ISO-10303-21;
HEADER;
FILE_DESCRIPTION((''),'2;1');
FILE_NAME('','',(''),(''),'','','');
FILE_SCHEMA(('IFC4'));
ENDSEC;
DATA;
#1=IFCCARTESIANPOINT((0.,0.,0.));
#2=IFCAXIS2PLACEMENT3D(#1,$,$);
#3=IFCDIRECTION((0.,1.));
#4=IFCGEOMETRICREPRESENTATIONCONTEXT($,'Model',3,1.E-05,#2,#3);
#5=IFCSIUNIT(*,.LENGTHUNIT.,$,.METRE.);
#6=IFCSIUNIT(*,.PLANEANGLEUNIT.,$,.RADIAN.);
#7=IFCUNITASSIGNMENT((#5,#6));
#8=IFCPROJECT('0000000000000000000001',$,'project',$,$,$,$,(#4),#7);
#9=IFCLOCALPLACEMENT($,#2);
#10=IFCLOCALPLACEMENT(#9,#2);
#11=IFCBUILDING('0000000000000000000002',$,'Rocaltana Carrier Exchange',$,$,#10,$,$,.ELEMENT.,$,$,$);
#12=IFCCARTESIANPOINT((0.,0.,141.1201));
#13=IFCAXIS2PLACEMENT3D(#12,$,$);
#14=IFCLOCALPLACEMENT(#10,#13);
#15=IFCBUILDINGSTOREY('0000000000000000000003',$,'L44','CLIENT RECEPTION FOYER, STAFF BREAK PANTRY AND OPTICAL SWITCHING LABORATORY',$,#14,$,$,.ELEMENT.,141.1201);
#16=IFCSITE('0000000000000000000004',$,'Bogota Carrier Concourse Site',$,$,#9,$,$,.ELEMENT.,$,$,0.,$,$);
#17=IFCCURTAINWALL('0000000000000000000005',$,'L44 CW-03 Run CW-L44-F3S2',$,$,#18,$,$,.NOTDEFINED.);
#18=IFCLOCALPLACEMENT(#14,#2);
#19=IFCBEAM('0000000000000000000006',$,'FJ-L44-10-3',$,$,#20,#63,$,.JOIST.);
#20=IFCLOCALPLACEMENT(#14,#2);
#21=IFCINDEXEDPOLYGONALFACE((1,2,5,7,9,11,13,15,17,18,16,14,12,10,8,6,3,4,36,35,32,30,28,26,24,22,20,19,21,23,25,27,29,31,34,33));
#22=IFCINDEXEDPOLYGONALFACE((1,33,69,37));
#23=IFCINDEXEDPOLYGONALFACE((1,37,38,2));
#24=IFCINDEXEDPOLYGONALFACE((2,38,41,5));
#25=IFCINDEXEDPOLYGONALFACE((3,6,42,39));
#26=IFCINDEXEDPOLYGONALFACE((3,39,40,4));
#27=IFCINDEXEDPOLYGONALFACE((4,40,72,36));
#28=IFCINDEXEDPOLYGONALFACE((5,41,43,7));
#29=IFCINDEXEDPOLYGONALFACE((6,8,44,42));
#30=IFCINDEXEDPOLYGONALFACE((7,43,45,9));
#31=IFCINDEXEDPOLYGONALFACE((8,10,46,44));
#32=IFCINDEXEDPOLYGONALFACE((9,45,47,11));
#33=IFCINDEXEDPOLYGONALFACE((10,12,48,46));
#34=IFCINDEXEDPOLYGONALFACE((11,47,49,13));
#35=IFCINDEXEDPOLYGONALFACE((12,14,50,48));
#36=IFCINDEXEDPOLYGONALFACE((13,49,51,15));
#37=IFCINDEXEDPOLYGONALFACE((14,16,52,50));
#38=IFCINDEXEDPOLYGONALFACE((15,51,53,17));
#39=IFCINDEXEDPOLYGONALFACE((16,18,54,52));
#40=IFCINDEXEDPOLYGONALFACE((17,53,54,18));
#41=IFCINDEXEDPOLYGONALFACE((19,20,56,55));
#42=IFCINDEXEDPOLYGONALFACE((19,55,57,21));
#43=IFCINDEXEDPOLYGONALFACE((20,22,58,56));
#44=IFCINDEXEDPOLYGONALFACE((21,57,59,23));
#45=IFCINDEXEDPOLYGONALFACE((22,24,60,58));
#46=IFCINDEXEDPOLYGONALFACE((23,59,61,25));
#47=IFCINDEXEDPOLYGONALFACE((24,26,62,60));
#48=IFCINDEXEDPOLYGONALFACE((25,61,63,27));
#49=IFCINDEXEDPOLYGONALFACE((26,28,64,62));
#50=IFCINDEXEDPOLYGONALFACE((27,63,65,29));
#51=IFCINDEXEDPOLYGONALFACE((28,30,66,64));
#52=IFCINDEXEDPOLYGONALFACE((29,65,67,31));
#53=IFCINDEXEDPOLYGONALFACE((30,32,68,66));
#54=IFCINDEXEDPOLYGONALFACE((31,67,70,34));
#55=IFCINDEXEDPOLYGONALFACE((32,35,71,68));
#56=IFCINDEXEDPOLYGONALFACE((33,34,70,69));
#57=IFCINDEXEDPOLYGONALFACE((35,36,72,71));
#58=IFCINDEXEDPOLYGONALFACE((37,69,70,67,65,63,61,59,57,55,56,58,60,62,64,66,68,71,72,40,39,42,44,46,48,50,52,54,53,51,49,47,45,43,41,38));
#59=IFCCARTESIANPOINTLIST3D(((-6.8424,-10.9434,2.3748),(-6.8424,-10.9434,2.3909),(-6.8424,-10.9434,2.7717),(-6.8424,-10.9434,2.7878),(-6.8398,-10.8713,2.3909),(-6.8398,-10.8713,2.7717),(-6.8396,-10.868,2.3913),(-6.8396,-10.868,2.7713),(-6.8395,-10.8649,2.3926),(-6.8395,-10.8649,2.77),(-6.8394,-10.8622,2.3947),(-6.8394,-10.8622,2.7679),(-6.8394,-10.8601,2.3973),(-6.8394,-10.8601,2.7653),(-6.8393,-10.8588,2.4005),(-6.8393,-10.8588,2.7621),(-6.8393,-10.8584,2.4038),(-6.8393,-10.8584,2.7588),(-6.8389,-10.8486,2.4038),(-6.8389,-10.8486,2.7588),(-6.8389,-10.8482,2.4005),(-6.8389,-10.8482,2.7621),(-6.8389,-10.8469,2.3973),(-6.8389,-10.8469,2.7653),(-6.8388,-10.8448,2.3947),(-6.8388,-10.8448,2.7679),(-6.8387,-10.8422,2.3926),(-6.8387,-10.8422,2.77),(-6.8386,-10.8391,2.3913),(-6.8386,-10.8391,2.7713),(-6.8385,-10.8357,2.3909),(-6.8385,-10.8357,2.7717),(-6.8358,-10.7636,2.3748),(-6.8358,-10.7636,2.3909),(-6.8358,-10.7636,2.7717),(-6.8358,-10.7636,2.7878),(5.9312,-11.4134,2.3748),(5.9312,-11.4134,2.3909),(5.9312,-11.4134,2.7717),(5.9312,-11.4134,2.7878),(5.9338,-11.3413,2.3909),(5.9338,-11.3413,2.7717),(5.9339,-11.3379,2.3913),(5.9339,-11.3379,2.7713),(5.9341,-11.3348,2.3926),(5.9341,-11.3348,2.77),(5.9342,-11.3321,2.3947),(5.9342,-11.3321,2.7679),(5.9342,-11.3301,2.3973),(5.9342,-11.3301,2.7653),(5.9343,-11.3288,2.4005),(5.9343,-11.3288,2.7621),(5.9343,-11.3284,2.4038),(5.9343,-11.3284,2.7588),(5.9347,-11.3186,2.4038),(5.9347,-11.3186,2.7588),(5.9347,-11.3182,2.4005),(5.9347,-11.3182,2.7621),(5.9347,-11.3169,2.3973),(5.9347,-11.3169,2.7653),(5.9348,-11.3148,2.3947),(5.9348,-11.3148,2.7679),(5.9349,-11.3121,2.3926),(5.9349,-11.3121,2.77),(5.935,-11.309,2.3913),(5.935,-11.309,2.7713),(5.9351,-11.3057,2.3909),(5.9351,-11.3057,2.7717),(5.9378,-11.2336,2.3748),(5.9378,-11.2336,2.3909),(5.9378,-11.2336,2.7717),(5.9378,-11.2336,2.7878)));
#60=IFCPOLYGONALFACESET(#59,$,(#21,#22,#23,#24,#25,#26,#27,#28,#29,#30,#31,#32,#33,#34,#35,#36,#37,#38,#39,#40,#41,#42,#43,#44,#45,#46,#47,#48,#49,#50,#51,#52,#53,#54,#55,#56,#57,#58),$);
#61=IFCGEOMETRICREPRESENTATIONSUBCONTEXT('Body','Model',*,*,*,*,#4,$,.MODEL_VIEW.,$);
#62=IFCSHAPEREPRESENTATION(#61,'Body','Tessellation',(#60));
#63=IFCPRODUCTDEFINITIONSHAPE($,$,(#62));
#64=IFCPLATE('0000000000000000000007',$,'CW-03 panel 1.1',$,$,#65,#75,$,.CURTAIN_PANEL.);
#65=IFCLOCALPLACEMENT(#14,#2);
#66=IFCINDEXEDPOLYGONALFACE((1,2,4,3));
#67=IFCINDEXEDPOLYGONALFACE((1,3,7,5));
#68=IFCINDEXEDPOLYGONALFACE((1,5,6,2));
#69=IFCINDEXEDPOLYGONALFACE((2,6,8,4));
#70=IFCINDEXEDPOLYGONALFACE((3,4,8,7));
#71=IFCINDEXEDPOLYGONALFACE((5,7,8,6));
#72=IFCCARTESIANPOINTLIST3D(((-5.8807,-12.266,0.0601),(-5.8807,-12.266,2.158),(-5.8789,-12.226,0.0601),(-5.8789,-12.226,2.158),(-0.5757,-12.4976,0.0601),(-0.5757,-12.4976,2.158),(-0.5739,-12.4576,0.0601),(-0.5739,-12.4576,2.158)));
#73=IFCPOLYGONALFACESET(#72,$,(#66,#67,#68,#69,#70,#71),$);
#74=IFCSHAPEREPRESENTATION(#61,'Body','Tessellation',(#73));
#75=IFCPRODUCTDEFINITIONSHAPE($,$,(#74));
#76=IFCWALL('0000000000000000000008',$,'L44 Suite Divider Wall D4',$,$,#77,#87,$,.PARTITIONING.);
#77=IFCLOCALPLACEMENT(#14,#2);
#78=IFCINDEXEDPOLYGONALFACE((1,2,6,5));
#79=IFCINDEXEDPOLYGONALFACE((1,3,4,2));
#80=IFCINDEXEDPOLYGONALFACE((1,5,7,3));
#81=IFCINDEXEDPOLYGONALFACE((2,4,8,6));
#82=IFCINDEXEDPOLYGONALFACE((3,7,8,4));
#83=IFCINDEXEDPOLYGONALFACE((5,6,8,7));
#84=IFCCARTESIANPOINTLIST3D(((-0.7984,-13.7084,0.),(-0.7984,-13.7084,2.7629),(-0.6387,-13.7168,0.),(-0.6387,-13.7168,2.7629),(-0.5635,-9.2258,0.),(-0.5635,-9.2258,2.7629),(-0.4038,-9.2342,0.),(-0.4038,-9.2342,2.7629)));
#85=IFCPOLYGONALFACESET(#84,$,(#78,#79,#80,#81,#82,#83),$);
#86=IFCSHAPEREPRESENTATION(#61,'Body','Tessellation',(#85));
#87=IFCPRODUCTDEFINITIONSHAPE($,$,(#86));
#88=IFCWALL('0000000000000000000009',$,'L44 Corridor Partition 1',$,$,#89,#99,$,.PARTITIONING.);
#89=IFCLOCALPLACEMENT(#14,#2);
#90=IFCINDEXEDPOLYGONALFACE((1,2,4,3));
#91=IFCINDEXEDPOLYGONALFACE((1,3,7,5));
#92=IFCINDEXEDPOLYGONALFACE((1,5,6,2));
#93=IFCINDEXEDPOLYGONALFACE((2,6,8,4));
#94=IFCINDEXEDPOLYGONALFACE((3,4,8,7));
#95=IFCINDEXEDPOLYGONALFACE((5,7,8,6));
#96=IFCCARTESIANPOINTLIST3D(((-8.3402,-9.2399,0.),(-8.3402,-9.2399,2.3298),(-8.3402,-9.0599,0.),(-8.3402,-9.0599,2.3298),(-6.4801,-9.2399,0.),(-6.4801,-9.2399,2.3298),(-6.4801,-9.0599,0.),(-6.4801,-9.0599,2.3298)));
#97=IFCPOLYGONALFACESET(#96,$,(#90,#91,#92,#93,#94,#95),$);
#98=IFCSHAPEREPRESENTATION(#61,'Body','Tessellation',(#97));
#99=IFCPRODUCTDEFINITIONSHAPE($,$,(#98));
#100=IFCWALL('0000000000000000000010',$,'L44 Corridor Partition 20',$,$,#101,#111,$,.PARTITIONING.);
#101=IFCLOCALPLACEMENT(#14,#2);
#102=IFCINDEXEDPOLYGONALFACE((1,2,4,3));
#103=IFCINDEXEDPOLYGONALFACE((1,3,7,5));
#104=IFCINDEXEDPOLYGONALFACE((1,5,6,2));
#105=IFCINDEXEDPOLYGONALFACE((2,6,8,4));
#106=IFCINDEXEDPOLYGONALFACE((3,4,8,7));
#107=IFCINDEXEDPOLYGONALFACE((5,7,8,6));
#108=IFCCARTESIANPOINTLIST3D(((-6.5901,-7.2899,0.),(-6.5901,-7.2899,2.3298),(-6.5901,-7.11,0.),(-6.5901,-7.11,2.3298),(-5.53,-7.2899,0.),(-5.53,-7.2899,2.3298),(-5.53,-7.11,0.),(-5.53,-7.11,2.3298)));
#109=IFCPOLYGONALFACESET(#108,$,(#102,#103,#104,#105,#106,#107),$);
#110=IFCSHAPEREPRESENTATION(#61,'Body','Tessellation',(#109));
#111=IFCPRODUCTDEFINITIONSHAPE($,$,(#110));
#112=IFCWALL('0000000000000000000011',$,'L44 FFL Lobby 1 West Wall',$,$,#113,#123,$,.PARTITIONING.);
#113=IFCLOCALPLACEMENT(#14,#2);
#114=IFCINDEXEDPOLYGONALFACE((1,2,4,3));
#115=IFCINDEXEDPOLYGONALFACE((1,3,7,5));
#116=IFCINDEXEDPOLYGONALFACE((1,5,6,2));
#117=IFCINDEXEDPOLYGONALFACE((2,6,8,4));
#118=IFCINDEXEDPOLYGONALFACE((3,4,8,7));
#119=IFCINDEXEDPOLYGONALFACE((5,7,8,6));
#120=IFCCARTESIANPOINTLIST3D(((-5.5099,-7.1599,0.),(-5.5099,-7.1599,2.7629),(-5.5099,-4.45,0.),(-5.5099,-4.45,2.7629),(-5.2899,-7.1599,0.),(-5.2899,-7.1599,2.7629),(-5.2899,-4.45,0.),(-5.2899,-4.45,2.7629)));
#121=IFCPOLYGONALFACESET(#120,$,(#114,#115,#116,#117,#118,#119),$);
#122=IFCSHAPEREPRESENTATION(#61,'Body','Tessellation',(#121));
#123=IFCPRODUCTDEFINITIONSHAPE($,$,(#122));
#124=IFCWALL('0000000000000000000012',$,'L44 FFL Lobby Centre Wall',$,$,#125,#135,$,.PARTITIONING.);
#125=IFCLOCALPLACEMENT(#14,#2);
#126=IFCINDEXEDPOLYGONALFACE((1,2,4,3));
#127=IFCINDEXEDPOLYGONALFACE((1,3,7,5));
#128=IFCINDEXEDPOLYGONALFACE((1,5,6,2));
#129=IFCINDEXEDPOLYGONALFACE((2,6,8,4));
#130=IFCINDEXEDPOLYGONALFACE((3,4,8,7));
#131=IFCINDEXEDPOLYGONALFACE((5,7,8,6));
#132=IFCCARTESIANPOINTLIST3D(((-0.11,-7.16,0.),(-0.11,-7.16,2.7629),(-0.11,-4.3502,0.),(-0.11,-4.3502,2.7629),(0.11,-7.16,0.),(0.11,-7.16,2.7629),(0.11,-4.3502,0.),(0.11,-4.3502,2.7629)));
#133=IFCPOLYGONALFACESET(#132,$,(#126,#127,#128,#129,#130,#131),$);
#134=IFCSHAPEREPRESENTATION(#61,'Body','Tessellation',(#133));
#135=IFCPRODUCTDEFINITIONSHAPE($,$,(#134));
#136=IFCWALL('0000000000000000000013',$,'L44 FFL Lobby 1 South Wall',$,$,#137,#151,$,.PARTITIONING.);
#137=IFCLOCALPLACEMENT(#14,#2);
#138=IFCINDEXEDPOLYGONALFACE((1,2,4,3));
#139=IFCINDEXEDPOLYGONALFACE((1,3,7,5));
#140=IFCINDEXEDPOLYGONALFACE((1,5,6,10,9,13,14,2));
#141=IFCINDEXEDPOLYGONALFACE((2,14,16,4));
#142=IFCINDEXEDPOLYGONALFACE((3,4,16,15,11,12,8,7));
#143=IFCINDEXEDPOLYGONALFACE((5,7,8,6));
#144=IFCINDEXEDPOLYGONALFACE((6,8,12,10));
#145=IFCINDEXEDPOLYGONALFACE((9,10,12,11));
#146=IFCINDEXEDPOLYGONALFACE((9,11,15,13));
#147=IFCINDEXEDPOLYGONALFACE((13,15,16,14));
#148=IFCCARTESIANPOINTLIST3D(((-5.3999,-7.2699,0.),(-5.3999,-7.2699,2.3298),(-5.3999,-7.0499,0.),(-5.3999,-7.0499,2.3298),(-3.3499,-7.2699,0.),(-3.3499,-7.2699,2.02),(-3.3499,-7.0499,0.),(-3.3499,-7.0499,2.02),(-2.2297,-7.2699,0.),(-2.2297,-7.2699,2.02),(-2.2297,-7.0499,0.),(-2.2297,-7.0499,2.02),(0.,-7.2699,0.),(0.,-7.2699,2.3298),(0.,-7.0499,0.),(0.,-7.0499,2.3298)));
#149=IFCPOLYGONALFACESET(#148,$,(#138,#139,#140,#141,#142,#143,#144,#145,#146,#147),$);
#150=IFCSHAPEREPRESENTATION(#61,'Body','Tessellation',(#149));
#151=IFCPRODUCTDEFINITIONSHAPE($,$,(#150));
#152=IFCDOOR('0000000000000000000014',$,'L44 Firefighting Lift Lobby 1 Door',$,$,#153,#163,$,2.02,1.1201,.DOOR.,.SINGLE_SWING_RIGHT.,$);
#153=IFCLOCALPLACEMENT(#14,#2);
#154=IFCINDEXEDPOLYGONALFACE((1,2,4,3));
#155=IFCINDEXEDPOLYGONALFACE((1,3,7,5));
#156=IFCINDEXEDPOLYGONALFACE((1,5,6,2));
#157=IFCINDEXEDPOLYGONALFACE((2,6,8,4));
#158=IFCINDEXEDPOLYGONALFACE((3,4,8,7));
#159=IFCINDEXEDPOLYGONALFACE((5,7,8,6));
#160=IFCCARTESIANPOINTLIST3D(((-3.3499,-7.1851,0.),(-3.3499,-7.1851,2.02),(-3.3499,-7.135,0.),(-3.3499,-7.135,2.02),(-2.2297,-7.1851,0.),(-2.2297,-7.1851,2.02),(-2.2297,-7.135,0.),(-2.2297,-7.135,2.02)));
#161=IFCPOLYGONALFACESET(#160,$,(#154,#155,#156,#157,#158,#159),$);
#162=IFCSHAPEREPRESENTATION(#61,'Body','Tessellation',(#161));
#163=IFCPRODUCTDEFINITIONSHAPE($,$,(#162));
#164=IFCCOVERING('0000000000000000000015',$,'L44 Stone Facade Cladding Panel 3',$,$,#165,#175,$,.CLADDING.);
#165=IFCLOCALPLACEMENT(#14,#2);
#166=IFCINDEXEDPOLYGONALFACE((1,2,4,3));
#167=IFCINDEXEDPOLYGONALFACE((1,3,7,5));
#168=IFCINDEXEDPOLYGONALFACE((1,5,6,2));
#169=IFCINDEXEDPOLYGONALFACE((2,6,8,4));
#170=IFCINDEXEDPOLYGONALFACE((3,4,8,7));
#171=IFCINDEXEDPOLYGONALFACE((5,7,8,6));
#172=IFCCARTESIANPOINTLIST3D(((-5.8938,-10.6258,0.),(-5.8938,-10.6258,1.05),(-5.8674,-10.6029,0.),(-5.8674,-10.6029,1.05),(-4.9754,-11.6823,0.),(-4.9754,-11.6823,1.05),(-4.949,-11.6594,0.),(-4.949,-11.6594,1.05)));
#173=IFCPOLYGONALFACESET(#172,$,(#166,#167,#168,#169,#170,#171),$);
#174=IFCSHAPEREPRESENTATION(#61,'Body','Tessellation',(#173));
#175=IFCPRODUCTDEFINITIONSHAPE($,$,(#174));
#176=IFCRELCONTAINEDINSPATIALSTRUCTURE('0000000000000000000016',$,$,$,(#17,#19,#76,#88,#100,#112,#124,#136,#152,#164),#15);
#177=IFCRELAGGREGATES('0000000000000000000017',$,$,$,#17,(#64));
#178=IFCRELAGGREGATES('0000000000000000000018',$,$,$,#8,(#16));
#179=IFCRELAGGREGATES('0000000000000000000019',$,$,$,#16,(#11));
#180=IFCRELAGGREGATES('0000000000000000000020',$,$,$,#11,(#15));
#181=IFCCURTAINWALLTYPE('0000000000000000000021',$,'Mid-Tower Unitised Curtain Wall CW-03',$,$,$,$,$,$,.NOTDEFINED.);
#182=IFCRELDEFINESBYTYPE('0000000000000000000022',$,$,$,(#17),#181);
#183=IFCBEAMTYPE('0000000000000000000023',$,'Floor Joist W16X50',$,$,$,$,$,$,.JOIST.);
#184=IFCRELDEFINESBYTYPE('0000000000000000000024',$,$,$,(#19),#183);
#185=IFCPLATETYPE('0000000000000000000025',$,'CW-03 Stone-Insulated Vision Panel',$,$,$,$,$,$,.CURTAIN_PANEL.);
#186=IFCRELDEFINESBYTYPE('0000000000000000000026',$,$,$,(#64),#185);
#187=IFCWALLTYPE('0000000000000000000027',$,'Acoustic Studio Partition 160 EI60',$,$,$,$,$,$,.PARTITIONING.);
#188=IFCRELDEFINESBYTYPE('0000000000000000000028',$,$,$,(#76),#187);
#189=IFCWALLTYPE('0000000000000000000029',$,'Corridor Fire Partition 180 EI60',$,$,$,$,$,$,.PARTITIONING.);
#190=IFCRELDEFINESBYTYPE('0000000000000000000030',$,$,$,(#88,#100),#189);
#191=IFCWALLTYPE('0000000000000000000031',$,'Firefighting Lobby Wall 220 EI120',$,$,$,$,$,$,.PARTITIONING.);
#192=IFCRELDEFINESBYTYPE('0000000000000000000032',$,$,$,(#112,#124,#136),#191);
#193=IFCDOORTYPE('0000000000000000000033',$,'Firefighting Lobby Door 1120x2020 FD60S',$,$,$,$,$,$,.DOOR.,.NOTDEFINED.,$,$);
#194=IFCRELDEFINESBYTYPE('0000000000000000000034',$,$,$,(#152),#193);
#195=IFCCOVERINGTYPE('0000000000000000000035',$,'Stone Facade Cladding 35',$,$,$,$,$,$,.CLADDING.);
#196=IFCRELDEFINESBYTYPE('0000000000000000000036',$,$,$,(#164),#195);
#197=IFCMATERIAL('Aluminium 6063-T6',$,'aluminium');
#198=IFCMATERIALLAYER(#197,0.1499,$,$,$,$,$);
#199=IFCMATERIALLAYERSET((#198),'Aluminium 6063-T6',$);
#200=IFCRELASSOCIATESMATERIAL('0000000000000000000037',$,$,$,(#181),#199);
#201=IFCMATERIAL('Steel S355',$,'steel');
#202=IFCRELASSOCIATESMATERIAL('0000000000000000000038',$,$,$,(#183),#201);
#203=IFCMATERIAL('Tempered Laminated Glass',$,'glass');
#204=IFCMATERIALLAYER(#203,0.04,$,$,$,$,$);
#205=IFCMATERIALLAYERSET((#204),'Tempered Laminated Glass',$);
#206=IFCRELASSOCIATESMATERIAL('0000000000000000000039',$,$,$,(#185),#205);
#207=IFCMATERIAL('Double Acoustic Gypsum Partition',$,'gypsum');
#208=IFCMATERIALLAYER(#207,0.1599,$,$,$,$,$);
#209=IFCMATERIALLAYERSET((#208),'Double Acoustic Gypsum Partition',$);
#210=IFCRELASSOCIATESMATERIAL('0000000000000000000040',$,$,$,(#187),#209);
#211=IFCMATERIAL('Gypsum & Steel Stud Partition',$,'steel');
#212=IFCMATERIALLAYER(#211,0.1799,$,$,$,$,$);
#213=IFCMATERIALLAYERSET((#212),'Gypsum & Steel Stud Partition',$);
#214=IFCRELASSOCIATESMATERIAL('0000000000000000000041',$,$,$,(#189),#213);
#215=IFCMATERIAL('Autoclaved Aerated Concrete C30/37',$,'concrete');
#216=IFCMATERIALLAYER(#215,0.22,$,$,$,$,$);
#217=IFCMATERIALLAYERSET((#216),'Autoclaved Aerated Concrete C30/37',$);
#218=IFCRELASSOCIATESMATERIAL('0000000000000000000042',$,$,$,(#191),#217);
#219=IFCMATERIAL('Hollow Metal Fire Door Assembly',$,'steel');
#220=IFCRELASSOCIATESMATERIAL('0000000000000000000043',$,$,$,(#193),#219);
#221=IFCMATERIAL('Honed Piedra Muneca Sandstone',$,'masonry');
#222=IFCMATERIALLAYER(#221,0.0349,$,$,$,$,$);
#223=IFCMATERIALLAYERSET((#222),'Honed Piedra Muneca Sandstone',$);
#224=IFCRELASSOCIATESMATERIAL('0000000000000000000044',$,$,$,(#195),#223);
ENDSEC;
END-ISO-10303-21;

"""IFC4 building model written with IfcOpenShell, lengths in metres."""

from ifc_helpers import new_model, si_unit, direction, frame, frame_2d, origin, origin_2d, place, context, subcontext, project, spatial, rectangle, i_section, extrude, material, layer, layer_set, material_profile, profile_set, type_object, element, fill, aggregate, save


model = new_model("IFC4")

# Units and contexts
model_context = context("Model", 3, precision=1e-05, world=origin(), true_north=direction((0.0, 1.0)))
body_context = subcontext(model_context, "Body", "Model", "MODEL_VIEW")
ifc_project = project(units=[si_unit("LENGTHUNIT", "METRE"), si_unit("PLANEANGLEUNIT", "RADIAN")], contexts=[model_context])

# Site, building, storey
site_placement = place(None, origin())
site = spatial("IfcSite", under=ifc_project, at=site_placement, Name="Bogota Carrier Concourse Site", CompositionType="ELEMENT", RefElevation=0.0)
building_placement = place(site_placement, origin())
building = spatial("IfcBuilding", under=site, at=building_placement, Name="Rocaltana Carrier Exchange", CompositionType="ELEMENT")
storey_placement = place(building_placement, frame((0.0, 0.0, 141.1201)))
storey = spatial("IfcBuildingStorey", under=building, at=storey_placement, Name="L44", Description="CLIENT RECEPTION FOYER, STAFF BREAK PANTRY AND OPTICAL SWITCHING LABORATORY", CompositionType="ELEMENT", Elevation=141.1201)

# Curtain wall
ifc_material_1 = material(Name="Aluminium 6063-T6", Category="aluminium")
ifc_layer_1 = layer(ifc_material_1, 0.1499)
ifc_layer_set_1 = layer_set([ifc_layer_1], Name="Aluminium 6063-T6")
curtain_wall_type = type_object("IfcCurtainWallType", Name="Mid-Tower Unitised Curtain Wall CW-03", PredefinedType="NOTDEFINED", material=ifc_layer_set_1)
curtain_wall_placement = place(storey_placement, origin())
curtain_wall = element("IfcCurtainWall", 1, at=curtain_wall_placement, inside=storey, type_object=curtain_wall_type, Name="L44 CW-03 Run CW-L44-F3S2", PredefinedType="NOTDEFINED")

# Beam
ifc_material_2 = material(Name="Steel S355", Category="steel")
ifc_material_profile_1 = material_profile(ifc_material_2, i_section(OverallWidth=0.1799, OverallDepth=0.4131, WebThickness=0.0098, FlangeThickness=0.0161, FilletRadius=0.0129, at=origin_2d()), Name="W16X50")
ifc_profile_set_1 = profile_set([ifc_material_profile_1], Name="Steel S355")
beam_type = type_object("IfcBeamType", Name="Floor Joist W16X50", PredefinedType="JOIST", material=ifc_profile_set_1)
beam_1_placement = place(storey_placement, frame((-6.8391, -10.8535, 2.5813), z_axis=(0.999324, -0.036767, 0.0), x_axis=(0.036767, 0.999324, 0.0)))
element("IfcBeam", 2, at=beam_1_placement, inside=storey, type_object=beam_type, Name="FJ-L44-10-3", PredefinedType="JOIST", context=body_context, shape_type="SweptSolid", body=[
    extrude(i_section(OverallWidth=0.1799, OverallDepth=0.4131, WebThickness=0.0098, FlangeThickness=0.0161, FilletRadius=0.0129, at=origin_2d()), origin(), (0.0, 0.0, 1.0), 12.7822),
])

# Plate
ifc_material_3 = material(Name="Tempered Laminated Glass", Category="glass")
ifc_layer_2 = layer(ifc_material_3, 0.04)
ifc_layer_set_2 = layer_set([ifc_layer_2], Name="Tempered Laminated Glass")
plate_type = type_object("IfcPlateType", Name="CW-03 Stone-Insulated Vision Panel", PredefinedType="CURTAIN_PANEL", material=ifc_layer_set_2)
plate_placement = place(storey_placement, frame((-3.2273, -12.3618, 0.0601), z_axis=(0.0, 0.0, 1.0), x_axis=(0.999048, -0.04362, 0.0)))
plate = element("IfcPlate", 3, at=plate_placement, type_object=plate_type, Name="CW-03 panel 1.1", PredefinedType="CURTAIN_PANEL", context=body_context, shape_type="SweptSolid", body=[
    extrude(rectangle(XDim=5.3101, YDim=0.04, at=origin_2d()), origin(), (0.0, 0.0, 1.0), 2.0979),
])
aggregate(curtain_wall, [plate])

# Walls
ifc_material_4 = material(Name="Double Acoustic Gypsum Partition", Category="gypsum")
ifc_layer_3 = layer(ifc_material_4, 0.1599)
ifc_layer_set_3 = layer_set([ifc_layer_3], Name="Double Acoustic Gypsum Partition")
wall_type_1 = type_object("IfcWallType", Name="Acoustic Studio Partition 160 EI60", PredefinedType="PARTITIONING", material=ifc_layer_set_3)
wall_1_placement = place(storey_placement, frame((-0.4836, -9.23, 0.0), z_axis=(0.0, 0.0, 1.0), x_axis=(-0.052322, -0.99863, 0.0)))
element("IfcWall", 4, at=wall_1_placement, inside=storey, type_object=wall_type_1, Name="L44 Suite Divider Wall D4", PredefinedType="PARTITIONING", context=body_context, shape_type="SweptSolid", body=[
    extrude(rectangle(XDim=4.4888, YDim=0.1599, at=frame_2d((2.2444, 0.0))), origin(), (0.0, 0.0, 1.0), 2.7629),
])
ifc_material_5 = material(Name="Gypsum & Steel Stud Partition", Category="steel")
ifc_layer_4 = layer(ifc_material_5, 0.1799)
ifc_layer_set_4 = layer_set([ifc_layer_4], Name="Gypsum & Steel Stud Partition")
wall_type_2 = type_object("IfcWallType", Name="Corridor Fire Partition 180 EI60", PredefinedType="PARTITIONING", material=ifc_layer_set_4)
wall_2_placement = place(storey_placement, frame((-6.48, -9.1499, 0.0), z_axis=(0.0, 0.0, 1.0), x_axis=(-1.0, 0.0, 0.0)))
element("IfcWall", 5, at=wall_2_placement, inside=storey, type_object=wall_type_2, Name="L44 Corridor Partition 1", PredefinedType="PARTITIONING", context=body_context, shape_type="SweptSolid", body=[
    extrude(rectangle(XDim=1.8601, YDim=0.1799, at=frame_2d((0.9302, 0.0))), origin(), (0.0, 0.0, 1.0), 2.3298),
])
wall_3_placement = place(storey_placement, frame((-6.5901, -7.2, 0.0), z_axis=(0.0, 0.0, 1.0), x_axis=(1.0, 0.0, 0.0)))
element("IfcWall", 6, at=wall_3_placement, inside=storey, type_object=wall_type_2, Name="L44 Corridor Partition 20", PredefinedType="PARTITIONING", context=body_context, shape_type="SweptSolid", body=[
    extrude(rectangle(XDim=1.0601, YDim=0.1799, at=frame_2d((0.53, 0.0))), origin(), (0.0, 0.0, 1.0), 2.3298),
])
ifc_material_6 = material(Name="Autoclaved Aerated Concrete C30/37", Category="concrete")
ifc_layer_5 = layer(ifc_material_6, 0.22)
ifc_layer_set_5 = layer_set([ifc_layer_5], Name="Autoclaved Aerated Concrete C30/37")
wall_type_3 = type_object("IfcWallType", Name="Firefighting Lobby Wall 220 EI120", PredefinedType="PARTITIONING", material=ifc_layer_set_5)
wall_4_placement = place(storey_placement, frame((-5.3999, -7.1599, 0.0), z_axis=(0.0, 0.0, 1.0), x_axis=(0.0, 1.0, 0.0)))
element("IfcWall", 7, at=wall_4_placement, inside=storey, type_object=wall_type_3, Name="L44 FFL Lobby 1 West Wall", PredefinedType="PARTITIONING", context=body_context, shape_type="SweptSolid", body=[
    extrude(rectangle(XDim=2.71, YDim=0.22, at=frame_2d((1.355, 0.0))), origin(), (0.0, 0.0, 1.0), 2.7629),
])
wall_5_placement = place(storey_placement, frame((0.0, -7.1599, 0.0), z_axis=(0.0, 0.0, 1.0), x_axis=(0.0, 1.0, 0.0)))
element("IfcWall", 8, at=wall_5_placement, inside=storey, type_object=wall_type_3, Name="L44 FFL Lobby Centre Wall", PredefinedType="PARTITIONING", context=body_context, shape_type="SweptSolid", body=[
    extrude(rectangle(XDim=2.8098, YDim=0.22, at=frame_2d((1.4048, 0.0))), origin(), (0.0, 0.0, 1.0), 2.7629),
])

# Wall, opening, door
wall_6_placement = place(storey_placement, frame((-5.3999, -7.1599, 0.0), z_axis=(0.0, 0.0, 1.0), x_axis=(1.0, 0.0, 0.0)))
wall_6 = element("IfcWall", 9, at=wall_6_placement, inside=storey, type_object=wall_type_3, Name="L44 FFL Lobby 1 South Wall", PredefinedType="PARTITIONING", context=body_context, shape_type="SweptSolid", body=[
    extrude(rectangle(XDim=5.3999, YDim=0.22, at=frame_2d((2.7, 0.0))), origin(), (0.0, 0.0, 1.0), 2.3298),
])
opening_placement = place(wall_6_placement, frame((2.05, 0.0, 0.0)))
opening = element("IfcOpeningElement", 10, at=opening_placement, cuts=wall_6, PredefinedType="OPENING", context=body_context, shape_type="SweptSolid", body=[
    extrude(rectangle(XDim=1.1201, YDim=2.02, at=frame_2d((0.5601, 1.01))), frame((0.0, 0.1199, 0.0), z_axis=(0.0, -1.0, 0.0), x_axis=(1.0, 0.0, 0.0)), (0.0, 0.0, 1.0), 0.24),
])
ifc_material_7 = material(Name="Hollow Metal Fire Door Assembly", Category="steel")
door_type = type_object("IfcDoorType", Name="Firefighting Lobby Door 1120x2020 FD60S", OperationType="NOTDEFINED", PredefinedType="DOOR", material=ifc_material_7)
door_placement = place(opening_placement, origin())
door = element("IfcDoor", 11, at=door_placement, inside=storey, type_object=door_type, Name="L44 Firefighting Lift Lobby 1 Door", OperationType="SINGLE_SWING_RIGHT", OverallHeight=2.02, OverallWidth=1.1201, PredefinedType="DOOR", context=body_context, shape_type="SweptSolid", body=[
    extrude(rectangle(XDim=1.1201, YDim=2.02, at=frame_2d((0.5601, 1.01))), frame((0.0, 0.0249, 0.0), z_axis=(0.0, -1.0, 0.0), x_axis=(1.0, 0.0, 0.0)), (0.0, 0.0, 1.0), 0.05),
])
fill(opening, door)

# Covering
ifc_material_8 = material(Name="Honed Piedra Muneca Sandstone", Category="masonry")
ifc_layer_6 = layer(ifc_material_8, 0.0349)
ifc_layer_set_6 = layer_set([ifc_layer_6], Name="Honed Piedra Muneca Sandstone")
covering_type = type_object("IfcCoveringType", Name="Stone Facade Cladding 35", PredefinedType="CLADDING", material=ifc_layer_set_6)
covering_placement = place(storey_placement, frame((-5.4214, -11.1426, 0.0), z_axis=(0.0, 0.0, 1.0), x_axis=(-0.656059, 0.75471, 0.0)))
element("IfcCovering", 12, at=covering_placement, inside=storey, type_object=covering_type, Name="L44 Stone Facade Cladding Panel 3", PredefinedType="CLADDING", context=body_context, shape_type="SweptSolid", body=[
    extrude(rectangle(XDim=1.3999, YDim=0.0349, at=origin_2d()), origin(), (0.0, 0.0, 1.0), 1.05),
])

save(model, "model.ifc")
